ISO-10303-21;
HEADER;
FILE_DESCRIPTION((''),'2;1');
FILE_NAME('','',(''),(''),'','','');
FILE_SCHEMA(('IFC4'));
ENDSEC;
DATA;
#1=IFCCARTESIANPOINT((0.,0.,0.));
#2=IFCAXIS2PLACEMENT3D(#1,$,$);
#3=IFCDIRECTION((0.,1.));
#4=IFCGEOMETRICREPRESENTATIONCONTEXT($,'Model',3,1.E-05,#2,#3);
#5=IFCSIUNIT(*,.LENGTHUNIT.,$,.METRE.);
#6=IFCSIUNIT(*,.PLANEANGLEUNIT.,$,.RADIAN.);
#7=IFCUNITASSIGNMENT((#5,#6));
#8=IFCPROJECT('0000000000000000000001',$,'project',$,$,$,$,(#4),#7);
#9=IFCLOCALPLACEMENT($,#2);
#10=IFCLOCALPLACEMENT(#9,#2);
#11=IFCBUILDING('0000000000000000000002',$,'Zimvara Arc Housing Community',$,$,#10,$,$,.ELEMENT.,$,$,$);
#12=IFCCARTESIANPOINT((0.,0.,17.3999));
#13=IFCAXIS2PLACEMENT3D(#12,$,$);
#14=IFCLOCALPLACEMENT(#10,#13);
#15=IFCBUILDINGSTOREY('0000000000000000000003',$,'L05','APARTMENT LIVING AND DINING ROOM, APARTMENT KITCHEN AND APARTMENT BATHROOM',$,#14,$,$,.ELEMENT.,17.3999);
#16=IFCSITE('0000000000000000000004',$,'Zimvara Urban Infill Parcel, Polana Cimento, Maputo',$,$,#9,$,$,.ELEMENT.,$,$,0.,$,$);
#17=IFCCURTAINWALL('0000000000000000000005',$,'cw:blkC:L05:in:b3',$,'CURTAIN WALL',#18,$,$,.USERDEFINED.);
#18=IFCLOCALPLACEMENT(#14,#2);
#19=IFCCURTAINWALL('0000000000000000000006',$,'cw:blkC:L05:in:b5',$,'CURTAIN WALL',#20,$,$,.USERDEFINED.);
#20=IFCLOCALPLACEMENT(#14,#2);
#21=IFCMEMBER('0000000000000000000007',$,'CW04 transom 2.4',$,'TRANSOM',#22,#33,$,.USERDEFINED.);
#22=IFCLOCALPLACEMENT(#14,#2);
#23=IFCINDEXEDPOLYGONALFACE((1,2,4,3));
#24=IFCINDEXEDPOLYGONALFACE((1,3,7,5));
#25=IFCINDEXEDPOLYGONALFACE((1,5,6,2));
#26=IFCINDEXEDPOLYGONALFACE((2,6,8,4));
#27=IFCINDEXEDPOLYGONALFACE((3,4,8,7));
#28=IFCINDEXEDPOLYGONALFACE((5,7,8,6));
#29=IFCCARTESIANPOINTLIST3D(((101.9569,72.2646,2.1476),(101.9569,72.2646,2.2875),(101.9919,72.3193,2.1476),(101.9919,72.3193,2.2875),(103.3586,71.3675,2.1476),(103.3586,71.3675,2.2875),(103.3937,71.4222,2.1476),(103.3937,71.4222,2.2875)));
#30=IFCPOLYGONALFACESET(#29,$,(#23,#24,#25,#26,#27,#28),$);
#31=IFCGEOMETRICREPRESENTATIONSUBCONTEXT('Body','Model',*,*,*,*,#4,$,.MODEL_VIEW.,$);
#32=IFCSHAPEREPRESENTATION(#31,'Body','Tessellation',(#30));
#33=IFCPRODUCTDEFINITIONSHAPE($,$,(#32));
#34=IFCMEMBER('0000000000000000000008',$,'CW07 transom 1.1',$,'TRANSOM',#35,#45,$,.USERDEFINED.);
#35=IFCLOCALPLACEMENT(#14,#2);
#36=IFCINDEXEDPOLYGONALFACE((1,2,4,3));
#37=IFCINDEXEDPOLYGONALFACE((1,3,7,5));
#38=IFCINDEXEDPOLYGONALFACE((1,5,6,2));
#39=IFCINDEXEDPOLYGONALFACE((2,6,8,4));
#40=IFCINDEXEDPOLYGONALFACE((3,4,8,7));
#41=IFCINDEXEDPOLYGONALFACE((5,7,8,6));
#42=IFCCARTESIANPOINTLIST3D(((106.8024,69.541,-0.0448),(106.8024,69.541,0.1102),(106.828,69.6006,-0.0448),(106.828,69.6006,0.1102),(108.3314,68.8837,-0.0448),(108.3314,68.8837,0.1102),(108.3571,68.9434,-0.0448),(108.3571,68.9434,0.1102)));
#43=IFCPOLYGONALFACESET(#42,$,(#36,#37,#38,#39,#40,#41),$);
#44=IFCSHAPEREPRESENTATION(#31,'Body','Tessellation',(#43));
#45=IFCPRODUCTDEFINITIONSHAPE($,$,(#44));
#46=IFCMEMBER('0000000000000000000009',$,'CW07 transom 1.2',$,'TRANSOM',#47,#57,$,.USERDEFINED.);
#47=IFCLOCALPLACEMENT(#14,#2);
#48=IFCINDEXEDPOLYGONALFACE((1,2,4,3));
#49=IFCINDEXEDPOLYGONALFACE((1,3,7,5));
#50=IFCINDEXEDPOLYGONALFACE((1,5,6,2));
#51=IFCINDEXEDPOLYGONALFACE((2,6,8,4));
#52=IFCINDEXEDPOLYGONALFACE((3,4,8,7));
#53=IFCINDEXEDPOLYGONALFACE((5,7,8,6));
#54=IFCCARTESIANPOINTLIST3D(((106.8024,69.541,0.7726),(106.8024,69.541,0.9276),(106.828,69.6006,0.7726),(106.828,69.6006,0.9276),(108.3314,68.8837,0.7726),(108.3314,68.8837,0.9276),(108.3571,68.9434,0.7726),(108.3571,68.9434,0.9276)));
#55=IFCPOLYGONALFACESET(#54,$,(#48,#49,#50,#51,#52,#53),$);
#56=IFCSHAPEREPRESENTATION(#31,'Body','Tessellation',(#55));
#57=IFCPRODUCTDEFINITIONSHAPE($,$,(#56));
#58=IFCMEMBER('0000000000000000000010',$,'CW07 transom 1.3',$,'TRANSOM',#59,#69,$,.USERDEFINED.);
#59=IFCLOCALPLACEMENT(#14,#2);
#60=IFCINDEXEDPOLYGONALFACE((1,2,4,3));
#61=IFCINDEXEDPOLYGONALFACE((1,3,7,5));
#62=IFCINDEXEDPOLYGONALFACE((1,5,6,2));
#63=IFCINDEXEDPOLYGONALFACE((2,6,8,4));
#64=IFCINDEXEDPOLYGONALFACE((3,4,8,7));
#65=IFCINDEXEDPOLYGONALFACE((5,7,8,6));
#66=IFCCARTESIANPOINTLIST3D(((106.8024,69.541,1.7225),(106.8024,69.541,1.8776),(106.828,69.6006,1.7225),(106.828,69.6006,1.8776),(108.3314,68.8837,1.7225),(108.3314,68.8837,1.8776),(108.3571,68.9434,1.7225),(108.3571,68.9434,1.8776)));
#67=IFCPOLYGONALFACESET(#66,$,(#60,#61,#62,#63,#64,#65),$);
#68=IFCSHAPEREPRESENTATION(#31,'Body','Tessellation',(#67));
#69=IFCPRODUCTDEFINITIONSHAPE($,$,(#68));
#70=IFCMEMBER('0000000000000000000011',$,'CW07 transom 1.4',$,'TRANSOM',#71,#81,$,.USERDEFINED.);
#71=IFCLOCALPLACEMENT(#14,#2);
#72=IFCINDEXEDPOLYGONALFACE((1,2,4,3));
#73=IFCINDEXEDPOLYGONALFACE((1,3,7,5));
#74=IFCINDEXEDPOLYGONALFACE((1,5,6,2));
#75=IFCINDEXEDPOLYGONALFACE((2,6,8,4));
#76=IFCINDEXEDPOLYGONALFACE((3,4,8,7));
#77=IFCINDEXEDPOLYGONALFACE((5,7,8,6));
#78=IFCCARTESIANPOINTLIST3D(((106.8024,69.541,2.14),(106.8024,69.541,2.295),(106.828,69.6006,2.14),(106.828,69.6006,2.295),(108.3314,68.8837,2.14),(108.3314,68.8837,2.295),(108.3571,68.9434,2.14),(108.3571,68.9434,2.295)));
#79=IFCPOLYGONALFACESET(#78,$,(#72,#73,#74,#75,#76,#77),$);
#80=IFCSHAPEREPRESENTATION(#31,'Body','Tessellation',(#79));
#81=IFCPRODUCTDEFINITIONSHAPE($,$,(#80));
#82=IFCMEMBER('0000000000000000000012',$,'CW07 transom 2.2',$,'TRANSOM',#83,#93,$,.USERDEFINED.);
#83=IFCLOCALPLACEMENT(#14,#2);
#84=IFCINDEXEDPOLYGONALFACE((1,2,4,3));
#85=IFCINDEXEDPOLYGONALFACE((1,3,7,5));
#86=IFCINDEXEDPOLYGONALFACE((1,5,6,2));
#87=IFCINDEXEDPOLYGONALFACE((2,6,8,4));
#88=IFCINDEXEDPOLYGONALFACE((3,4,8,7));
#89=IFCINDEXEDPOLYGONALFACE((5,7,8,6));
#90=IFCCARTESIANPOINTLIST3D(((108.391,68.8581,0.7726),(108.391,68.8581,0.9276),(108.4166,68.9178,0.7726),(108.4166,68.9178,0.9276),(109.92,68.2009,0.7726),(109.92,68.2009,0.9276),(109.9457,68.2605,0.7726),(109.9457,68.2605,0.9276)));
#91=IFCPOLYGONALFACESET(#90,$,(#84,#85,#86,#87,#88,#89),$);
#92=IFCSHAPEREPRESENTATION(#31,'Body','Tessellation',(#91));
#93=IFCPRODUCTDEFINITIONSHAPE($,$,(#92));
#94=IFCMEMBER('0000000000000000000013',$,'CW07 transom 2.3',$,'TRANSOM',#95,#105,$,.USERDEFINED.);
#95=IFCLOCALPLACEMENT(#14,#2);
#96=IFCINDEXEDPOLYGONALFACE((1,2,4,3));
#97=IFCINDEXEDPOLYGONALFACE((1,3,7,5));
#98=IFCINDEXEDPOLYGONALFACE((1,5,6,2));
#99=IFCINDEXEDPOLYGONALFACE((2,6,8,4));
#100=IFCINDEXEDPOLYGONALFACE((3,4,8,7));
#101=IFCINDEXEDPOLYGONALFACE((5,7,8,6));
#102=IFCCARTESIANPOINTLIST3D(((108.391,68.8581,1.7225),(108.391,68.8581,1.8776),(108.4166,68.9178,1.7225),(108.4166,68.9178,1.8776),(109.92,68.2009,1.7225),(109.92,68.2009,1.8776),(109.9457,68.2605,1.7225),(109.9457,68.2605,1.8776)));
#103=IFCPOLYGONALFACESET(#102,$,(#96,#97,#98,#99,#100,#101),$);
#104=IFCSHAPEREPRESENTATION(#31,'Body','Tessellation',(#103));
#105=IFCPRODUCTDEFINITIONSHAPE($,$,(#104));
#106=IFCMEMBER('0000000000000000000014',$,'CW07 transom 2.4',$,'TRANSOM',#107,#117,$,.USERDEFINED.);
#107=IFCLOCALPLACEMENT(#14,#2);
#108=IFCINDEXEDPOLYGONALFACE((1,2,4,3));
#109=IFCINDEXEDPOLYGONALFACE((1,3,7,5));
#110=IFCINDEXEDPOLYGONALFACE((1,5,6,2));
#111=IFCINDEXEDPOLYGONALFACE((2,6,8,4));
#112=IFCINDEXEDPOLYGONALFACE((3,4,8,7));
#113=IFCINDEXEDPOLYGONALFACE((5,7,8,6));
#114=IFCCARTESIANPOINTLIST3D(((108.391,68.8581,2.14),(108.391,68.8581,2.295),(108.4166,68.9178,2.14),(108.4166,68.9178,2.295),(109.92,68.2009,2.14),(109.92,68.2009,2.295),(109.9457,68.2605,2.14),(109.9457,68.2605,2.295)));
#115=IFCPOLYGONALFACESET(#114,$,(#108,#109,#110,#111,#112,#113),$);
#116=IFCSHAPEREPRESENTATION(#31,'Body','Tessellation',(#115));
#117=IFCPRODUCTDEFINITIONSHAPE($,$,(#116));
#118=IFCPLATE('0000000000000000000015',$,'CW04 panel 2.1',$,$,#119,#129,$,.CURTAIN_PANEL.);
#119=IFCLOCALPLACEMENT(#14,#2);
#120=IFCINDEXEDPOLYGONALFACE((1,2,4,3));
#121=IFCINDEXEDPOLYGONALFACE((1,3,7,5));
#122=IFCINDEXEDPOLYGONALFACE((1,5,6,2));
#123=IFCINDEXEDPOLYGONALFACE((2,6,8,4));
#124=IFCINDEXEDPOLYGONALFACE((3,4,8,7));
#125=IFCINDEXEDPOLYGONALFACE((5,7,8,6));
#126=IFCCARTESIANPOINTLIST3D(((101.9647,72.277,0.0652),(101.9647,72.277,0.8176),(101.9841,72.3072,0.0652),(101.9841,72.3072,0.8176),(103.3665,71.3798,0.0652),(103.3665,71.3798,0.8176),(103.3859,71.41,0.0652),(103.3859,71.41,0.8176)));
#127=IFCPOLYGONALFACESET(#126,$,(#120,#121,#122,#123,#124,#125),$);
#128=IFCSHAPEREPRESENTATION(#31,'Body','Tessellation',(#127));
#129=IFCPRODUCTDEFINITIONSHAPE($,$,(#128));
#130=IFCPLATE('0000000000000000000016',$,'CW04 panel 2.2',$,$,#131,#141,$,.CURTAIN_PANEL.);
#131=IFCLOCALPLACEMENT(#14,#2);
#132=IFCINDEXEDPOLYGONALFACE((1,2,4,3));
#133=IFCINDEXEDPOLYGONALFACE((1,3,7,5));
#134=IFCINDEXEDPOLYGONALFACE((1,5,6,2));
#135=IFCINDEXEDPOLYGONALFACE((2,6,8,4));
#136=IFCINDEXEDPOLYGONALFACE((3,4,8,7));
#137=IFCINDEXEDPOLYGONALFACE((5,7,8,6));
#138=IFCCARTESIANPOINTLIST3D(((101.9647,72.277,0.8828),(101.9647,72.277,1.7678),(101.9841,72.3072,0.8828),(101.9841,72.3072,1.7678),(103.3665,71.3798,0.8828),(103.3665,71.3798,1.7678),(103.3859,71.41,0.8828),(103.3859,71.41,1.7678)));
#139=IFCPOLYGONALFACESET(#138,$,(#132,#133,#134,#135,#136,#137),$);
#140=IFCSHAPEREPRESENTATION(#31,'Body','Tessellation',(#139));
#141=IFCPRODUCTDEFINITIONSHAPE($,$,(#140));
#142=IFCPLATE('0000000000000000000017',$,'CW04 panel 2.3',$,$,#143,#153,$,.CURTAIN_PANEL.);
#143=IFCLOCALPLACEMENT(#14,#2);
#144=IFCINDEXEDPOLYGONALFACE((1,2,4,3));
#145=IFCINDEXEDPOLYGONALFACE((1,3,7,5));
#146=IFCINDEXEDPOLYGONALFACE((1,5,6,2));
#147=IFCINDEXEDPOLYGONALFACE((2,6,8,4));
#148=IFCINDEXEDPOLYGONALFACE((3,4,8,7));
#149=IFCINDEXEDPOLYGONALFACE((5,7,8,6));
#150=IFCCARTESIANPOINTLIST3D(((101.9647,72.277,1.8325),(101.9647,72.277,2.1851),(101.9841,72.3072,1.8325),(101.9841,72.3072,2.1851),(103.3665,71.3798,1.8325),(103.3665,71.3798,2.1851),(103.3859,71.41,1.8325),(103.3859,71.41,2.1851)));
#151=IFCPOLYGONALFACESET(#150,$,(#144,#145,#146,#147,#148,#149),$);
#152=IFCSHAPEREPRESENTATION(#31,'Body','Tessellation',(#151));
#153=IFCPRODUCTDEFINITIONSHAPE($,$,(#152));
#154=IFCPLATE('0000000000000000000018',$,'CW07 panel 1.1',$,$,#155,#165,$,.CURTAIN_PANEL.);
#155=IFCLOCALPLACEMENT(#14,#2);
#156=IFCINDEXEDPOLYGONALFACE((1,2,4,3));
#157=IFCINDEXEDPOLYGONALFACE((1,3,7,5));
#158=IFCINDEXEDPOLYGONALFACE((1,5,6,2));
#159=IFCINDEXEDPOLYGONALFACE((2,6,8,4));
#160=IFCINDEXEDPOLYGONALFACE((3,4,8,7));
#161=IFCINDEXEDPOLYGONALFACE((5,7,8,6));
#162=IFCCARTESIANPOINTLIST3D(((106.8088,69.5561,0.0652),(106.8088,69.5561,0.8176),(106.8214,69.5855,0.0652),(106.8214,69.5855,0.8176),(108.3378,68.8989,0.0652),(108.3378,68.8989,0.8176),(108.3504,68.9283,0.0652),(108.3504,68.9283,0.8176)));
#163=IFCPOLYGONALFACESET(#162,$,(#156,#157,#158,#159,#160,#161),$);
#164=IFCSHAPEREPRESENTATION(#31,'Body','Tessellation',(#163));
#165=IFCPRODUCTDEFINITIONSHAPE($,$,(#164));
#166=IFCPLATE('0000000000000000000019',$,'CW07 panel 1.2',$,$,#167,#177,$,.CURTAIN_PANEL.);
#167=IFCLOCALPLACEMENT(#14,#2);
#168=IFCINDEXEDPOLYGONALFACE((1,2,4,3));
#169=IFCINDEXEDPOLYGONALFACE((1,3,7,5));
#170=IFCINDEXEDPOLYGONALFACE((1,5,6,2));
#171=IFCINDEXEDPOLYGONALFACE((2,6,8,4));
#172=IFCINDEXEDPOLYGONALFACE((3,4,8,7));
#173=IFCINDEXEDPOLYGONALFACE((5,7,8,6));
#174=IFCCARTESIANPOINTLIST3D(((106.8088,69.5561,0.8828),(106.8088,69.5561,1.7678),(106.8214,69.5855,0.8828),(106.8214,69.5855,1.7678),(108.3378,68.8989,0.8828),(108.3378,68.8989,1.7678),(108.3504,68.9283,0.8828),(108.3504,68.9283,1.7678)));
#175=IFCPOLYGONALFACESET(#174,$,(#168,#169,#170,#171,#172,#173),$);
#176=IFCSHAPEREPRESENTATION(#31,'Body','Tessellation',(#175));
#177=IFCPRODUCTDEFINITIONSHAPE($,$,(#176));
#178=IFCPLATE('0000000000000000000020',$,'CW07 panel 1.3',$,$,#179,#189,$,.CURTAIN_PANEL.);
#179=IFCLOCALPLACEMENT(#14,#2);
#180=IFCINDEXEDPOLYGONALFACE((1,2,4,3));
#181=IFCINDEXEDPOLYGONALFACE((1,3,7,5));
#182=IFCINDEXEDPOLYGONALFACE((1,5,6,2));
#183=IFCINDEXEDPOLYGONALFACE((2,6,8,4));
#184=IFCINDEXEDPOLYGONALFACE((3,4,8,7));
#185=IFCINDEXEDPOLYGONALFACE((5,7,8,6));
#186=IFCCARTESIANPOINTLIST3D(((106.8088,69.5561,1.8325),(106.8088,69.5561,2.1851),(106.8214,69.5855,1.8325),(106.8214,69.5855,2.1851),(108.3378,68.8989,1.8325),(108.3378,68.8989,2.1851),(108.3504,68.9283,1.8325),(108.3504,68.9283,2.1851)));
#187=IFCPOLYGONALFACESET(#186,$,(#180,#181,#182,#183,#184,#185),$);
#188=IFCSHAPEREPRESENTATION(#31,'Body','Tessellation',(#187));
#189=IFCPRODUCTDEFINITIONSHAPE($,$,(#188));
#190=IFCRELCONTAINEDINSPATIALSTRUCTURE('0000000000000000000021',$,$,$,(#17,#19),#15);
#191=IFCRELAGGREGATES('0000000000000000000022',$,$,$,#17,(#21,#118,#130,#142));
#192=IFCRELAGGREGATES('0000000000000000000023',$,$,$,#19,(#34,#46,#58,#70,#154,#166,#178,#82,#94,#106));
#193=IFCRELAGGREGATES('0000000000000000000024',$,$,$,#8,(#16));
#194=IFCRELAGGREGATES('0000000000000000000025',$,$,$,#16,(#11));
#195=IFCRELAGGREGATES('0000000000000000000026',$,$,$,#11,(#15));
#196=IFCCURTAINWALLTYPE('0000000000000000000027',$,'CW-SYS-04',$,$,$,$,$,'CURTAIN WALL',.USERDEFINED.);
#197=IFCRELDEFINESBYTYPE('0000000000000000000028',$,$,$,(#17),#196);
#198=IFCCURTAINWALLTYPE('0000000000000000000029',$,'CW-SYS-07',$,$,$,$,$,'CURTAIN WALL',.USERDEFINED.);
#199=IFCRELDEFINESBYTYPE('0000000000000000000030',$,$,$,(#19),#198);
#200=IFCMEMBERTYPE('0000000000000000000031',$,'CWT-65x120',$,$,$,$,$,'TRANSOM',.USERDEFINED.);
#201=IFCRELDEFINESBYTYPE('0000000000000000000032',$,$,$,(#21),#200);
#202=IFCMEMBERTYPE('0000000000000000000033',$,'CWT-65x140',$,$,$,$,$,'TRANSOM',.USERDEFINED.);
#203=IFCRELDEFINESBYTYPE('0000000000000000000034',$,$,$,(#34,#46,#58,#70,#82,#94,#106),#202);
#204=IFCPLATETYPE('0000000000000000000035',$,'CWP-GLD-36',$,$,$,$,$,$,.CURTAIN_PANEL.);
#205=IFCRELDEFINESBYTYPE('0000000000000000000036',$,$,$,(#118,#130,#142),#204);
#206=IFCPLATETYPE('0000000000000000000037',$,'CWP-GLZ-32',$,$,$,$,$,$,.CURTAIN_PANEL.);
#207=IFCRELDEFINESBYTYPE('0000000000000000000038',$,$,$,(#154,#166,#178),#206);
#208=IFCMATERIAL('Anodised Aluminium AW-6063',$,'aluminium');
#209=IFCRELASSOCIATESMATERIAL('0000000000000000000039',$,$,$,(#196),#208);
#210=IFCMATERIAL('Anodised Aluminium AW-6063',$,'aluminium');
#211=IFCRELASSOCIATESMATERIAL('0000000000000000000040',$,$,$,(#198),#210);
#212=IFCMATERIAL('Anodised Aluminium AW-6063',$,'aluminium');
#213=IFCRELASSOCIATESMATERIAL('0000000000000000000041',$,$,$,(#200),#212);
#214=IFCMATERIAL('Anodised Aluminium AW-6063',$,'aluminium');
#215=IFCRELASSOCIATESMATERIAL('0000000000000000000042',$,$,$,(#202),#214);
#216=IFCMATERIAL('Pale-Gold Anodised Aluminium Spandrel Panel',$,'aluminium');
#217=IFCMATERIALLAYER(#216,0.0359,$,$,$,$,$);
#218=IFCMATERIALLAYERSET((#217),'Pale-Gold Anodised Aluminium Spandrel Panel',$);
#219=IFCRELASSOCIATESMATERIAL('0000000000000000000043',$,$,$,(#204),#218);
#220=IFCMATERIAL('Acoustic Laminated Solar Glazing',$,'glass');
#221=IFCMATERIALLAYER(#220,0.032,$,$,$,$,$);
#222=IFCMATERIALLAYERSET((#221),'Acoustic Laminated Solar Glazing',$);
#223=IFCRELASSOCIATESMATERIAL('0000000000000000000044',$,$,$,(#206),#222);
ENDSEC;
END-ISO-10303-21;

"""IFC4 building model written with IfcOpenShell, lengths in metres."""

from ifc_helpers import new_model, si_unit, direction, frame, origin, origin_2d, place, context, subcontext, project, spatial, rectangle, extrude, material, layer, layer_set, material_profile, profile_set, type_object, element, aggregate, save


model = new_model("IFC4")

# Units and contexts
model_context = context("Model", 3, precision=1e-05, world=origin(), true_north=direction((0.0, 1.0)))
body_context = subcontext(model_context, "Body", "Model", "MODEL_VIEW")
ifc_project = project(units=[si_unit("LENGTHUNIT", "METRE"), si_unit("PLANEANGLEUNIT", "RADIAN")], contexts=[model_context])

# Site, building, storey
site_placement = place(None, origin())
site = spatial("IfcSite", under=ifc_project, at=site_placement, Name="Zimvara Urban Infill Parcel, Polana Cimento, Maputo", CompositionType="ELEMENT", RefElevation=0.0)
building_placement = place(site_placement, origin())
building = spatial("IfcBuilding", under=site, at=building_placement, Name="Zimvara Arc Housing Community", CompositionType="ELEMENT")
storey_placement = place(building_placement, frame((0.0, 0.0, 17.3999)))
storey = spatial("IfcBuildingStorey", under=building, at=storey_placement, Name="L05", Description="APARTMENT LIVING AND DINING ROOM, APARTMENT KITCHEN AND APARTMENT BATHROOM", CompositionType="ELEMENT", Elevation=17.3999)

# Curtain walls
ifc_material_1 = material(Name="Anodised Aluminium AW-6063", Category="aluminium")
curtain_wall_type_1 = type_object("IfcCurtainWallType", Name="CW-SYS-04", ElementType="CURTAIN WALL", PredefinedType="USERDEFINED", material=ifc_material_1)
curtain_wall_1_placement = place(storey_placement, origin())
curtain_wall_1 = element("IfcCurtainWall", 1, at=curtain_wall_1_placement, inside=storey, type_object=curtain_wall_type_1, Name="cw:blkC:L05:in:b3", ObjectType="CURTAIN WALL", PredefinedType="USERDEFINED")
ifc_material_2 = material(Name="Anodised Aluminium AW-6063", Category="aluminium")
curtain_wall_type_2 = type_object("IfcCurtainWallType", Name="CW-SYS-07", ElementType="CURTAIN WALL", PredefinedType="USERDEFINED", material=ifc_material_2)
curtain_wall_2_placement = place(storey_placement, origin())
curtain_wall_2 = element("IfcCurtainWall", 2, at=curtain_wall_2_placement, inside=storey, type_object=curtain_wall_type_2, Name="cw:blkC:L05:in:b5", ObjectType="CURTAIN WALL", PredefinedType="USERDEFINED")

# Members
ifc_material_3 = material(Name="Anodised Aluminium AW-6063", Category="aluminium")
ifc_material_profile_1 = material_profile(ifc_material_3, rectangle(XDim=0.0649, YDim=0.1399, at=origin_2d()), Name="ALU 65x140")
ifc_profile_set_1 = profile_set([ifc_material_profile_1], Name="Anodised Aluminium AW-6063")
member_type_1 = type_object("IfcMemberType", Name="CWT-65x120", ElementType="TRANSOM", PredefinedType="USERDEFINED", material=ifc_profile_set_1)
member_1_placement = place(storey_placement, frame((101.9744, 72.292, 2.2175), z_axis=(0.842263, -0.539066, 0.0), x_axis=(0.539066, 0.842263, 0.0)))
member_1 = element("IfcMember", 3, at=member_1_placement, type_object=member_type_1, Name="CW04 transom 2.4", ObjectType="TRANSOM", PredefinedType="USERDEFINED", context=body_context, shape_type="SweptSolid", body=[
    extrude(rectangle(XDim=0.0649, YDim=0.1399, at=origin_2d()), origin(), (0.0, 0.0, 1.0), 1.6643),
])
ifc_material_4 = material(Name="Anodised Aluminium AW-6063", Category="aluminium")
ifc_material_profile_2 = material_profile(ifc_material_4, rectangle(XDim=0.0649, YDim=0.155, at=origin_2d()), Name="ALU 65x155")
ifc_profile_set_2 = profile_set([ifc_material_profile_2], Name="Anodised Aluminium AW-6063")
member_type_2 = type_object("IfcMemberType", Name="CWT-65x140", ElementType="TRANSOM", PredefinedType="USERDEFINED", material=ifc_profile_set_2)
member_2_placement = place(storey_placement, frame((106.8152, 69.5708, 0.0327), z_axis=(0.918727, -0.394893, 0.0), x_axis=(0.394893, 0.918727, 0.0)))
member_2 = element("IfcMember", 4, at=member_2_placement, type_object=member_type_2, Name="CW07 transom 1.1", ObjectType="TRANSOM", PredefinedType="USERDEFINED", context=body_context, shape_type="SweptSolid", body=[
    extrude(rectangle(XDim=0.0649, YDim=0.155, at=origin_2d()), origin(), (0.0, 0.0, 1.0), 1.6643),
])
member_3_placement = place(storey_placement, frame((106.8152, 69.5708, 0.8501), z_axis=(0.918727, -0.394893, 0.0), x_axis=(0.394893, 0.918727, 0.0)))
member_3 = element("IfcMember", 5, at=member_3_placement, type_object=member_type_2, Name="CW07 transom 1.2", ObjectType="TRANSOM", PredefinedType="USERDEFINED", context=body_context, shape_type="SweptSolid", body=[
    extrude(rectangle(XDim=0.0649, YDim=0.155, at=origin_2d()), origin(), (0.0, 0.0, 1.0), 1.6643),
])
member_4_placement = place(storey_placement, frame((106.8152, 69.5708, 1.8), z_axis=(0.918727, -0.394893, 0.0), x_axis=(0.394893, 0.918727, 0.0)))
member_4 = element("IfcMember", 6, at=member_4_placement, type_object=member_type_2, Name="CW07 transom 1.3", ObjectType="TRANSOM", PredefinedType="USERDEFINED", context=body_context, shape_type="SweptSolid", body=[
    extrude(rectangle(XDim=0.0649, YDim=0.155, at=origin_2d()), origin(), (0.0, 0.0, 1.0), 1.6643),
])
member_5_placement = place(storey_placement, frame((106.8152, 69.5708, 2.2175), z_axis=(0.918727, -0.394893, 0.0), x_axis=(0.394893, 0.918727, 0.0)))
member_5 = element("IfcMember", 7, at=member_5_placement, type_object=member_type_2, Name="CW07 transom 1.4", ObjectType="TRANSOM", PredefinedType="USERDEFINED", context=body_context, shape_type="SweptSolid", body=[
    extrude(rectangle(XDim=0.0649, YDim=0.155, at=origin_2d()), origin(), (0.0, 0.0, 1.0), 1.6643),
])
member_6_placement = place(storey_placement, frame((108.4038, 68.8879, 0.8501), z_axis=(0.918727, -0.394893, 0.0), x_axis=(0.394893, 0.918727, 0.0)))
member_6 = element("IfcMember", 8, at=member_6_placement, type_object=member_type_2, Name="CW07 transom 2.2", ObjectType="TRANSOM", PredefinedType="USERDEFINED", context=body_context, shape_type="SweptSolid", body=[
    extrude(rectangle(XDim=0.0649, YDim=0.155, at=origin_2d()), origin(), (0.0, 0.0, 1.0), 1.6643),
])
member_7_placement = place(storey_placement, frame((108.4038, 68.8879, 1.8), z_axis=(0.918727, -0.394893, 0.0), x_axis=(0.394893, 0.918727, 0.0)))
member_7 = element("IfcMember", 9, at=member_7_placement, type_object=member_type_2, Name="CW07 transom 2.3", ObjectType="TRANSOM", PredefinedType="USERDEFINED", context=body_context, shape_type="SweptSolid", body=[
    extrude(rectangle(XDim=0.0649, YDim=0.155, at=origin_2d()), origin(), (0.0, 0.0, 1.0), 1.6643),
])
member_8_placement = place(storey_placement, frame((108.4038, 68.8879, 2.2175), z_axis=(0.918727, -0.394893, 0.0), x_axis=(0.394893, 0.918727, 0.0)))
member_8 = element("IfcMember", 10, at=member_8_placement, type_object=member_type_2, Name="CW07 transom 2.4", ObjectType="TRANSOM", PredefinedType="USERDEFINED", context=body_context, shape_type="SweptSolid", body=[
    extrude(rectangle(XDim=0.0649, YDim=0.155, at=origin_2d()), origin(), (0.0, 0.0, 1.0), 1.6643),
])

# Plates
ifc_material_5 = material(Name="Pale-Gold Anodised Aluminium Spandrel Panel", Category="aluminium")
ifc_layer_1 = layer(ifc_material_5, 0.0359)
ifc_layer_set_1 = layer_set([ifc_layer_1], Name="Pale-Gold Anodised Aluminium Spandrel Panel")
plate_type_1 = type_object("IfcPlateType", Name="CWP-GLD-36", PredefinedType="CURTAIN_PANEL", material=ifc_layer_set_1)
plate_1_placement = place(storey_placement, frame((102.6753, 71.8435, 0.0652), z_axis=(0.0, 0.0, 1.0), x_axis=(0.842265, -0.539064, 0.0)))
plate_1 = element("IfcPlate", 11, at=plate_1_placement, type_object=plate_type_1, Name="CW04 panel 2.1", PredefinedType="CURTAIN_PANEL", context=body_context, shape_type="SweptSolid", body=[
    extrude(rectangle(XDim=1.6643, YDim=0.0359, at=origin_2d()), origin(), (0.0, 0.0, 1.0), 0.7524),
])
plate_2_placement = place(storey_placement, frame((102.6753, 71.8435, 0.8828), z_axis=(0.0, 0.0, 1.0), x_axis=(0.842265, -0.539064, 0.0)))
plate_2 = element("IfcPlate", 12, at=plate_2_placement, type_object=plate_type_1, Name="CW04 panel 2.2", PredefinedType="CURTAIN_PANEL", context=body_context, shape_type="SweptSolid", body=[
    extrude(rectangle(XDim=1.6643, YDim=0.0359, at=origin_2d()), origin(), (0.0, 0.0, 1.0), 0.885),
])
plate_3_placement = place(storey_placement, frame((102.6753, 71.8435, 1.8325), z_axis=(0.0, 0.0, 1.0), x_axis=(0.842265, -0.539064, 0.0)))
plate_3 = element("IfcPlate", 13, at=plate_3_placement, type_object=plate_type_1, Name="CW04 panel 2.3", PredefinedType="CURTAIN_PANEL", context=body_context, shape_type="SweptSolid", body=[
    extrude(rectangle(XDim=1.6643, YDim=0.0359, at=origin_2d()), origin(), (0.0, 0.0, 1.0), 0.3525),
])
aggregate(curtain_wall_1, [member_1, plate_1, plate_2, plate_3])
ifc_material_6 = material(Name="Acoustic Laminated Solar Glazing", Category="glass")
ifc_layer_2 = layer(ifc_material_6, 0.032)
ifc_layer_set_2 = layer_set([ifc_layer_2], Name="Acoustic Laminated Solar Glazing")
plate_type_2 = type_object("IfcPlateType", Name="CWP-GLZ-32", PredefinedType="CURTAIN_PANEL", material=ifc_layer_set_2)
plate_4_placement = place(storey_placement, frame((107.5796, 69.2422, 0.0652), z_axis=(0.0, 0.0, 1.0), x_axis=(0.918722, -0.394904, 0.0)))
plate_4 = element("IfcPlate", 14, at=plate_4_placement, type_object=plate_type_2, Name="CW07 panel 1.1", PredefinedType="CURTAIN_PANEL", context=body_context, shape_type="SweptSolid", body=[
    extrude(rectangle(XDim=1.6643, YDim=0.032, at=origin_2d()), origin(), (0.0, 0.0, 1.0), 0.7524),
])
plate_5_placement = place(storey_placement, frame((107.5796, 69.2422, 0.8828), z_axis=(0.0, 0.0, 1.0), x_axis=(0.918722, -0.394904, 0.0)))
plate_5 = element("IfcPlate", 15, at=plate_5_placement, type_object=plate_type_2, Name="CW07 panel 1.2", PredefinedType="CURTAIN_PANEL", context=body_context, shape_type="SweptSolid", body=[
    extrude(rectangle(XDim=1.6643, YDim=0.032, at=origin_2d()), origin(), (0.0, 0.0, 1.0), 0.885),
])
plate_6_placement = place(storey_placement, frame((107.5796, 69.2422, 1.8325), z_axis=(0.0, 0.0, 1.0), x_axis=(0.918722, -0.394904, 0.0)))
plate_6 = element("IfcPlate", 16, at=plate_6_placement, type_object=plate_type_2, Name="CW07 panel 1.3", PredefinedType="CURTAIN_PANEL", context=body_context, shape_type="SweptSolid", body=[
    extrude(rectangle(XDim=1.6643, YDim=0.032, at=origin_2d()), origin(), (0.0, 0.0, 1.0), 0.3525),
])
aggregate(curtain_wall_2, [member_2, member_3, member_4, member_5, plate_4, plate_5, plate_6, member_6, member_7, member_8])

save(model, "model.ifc")
